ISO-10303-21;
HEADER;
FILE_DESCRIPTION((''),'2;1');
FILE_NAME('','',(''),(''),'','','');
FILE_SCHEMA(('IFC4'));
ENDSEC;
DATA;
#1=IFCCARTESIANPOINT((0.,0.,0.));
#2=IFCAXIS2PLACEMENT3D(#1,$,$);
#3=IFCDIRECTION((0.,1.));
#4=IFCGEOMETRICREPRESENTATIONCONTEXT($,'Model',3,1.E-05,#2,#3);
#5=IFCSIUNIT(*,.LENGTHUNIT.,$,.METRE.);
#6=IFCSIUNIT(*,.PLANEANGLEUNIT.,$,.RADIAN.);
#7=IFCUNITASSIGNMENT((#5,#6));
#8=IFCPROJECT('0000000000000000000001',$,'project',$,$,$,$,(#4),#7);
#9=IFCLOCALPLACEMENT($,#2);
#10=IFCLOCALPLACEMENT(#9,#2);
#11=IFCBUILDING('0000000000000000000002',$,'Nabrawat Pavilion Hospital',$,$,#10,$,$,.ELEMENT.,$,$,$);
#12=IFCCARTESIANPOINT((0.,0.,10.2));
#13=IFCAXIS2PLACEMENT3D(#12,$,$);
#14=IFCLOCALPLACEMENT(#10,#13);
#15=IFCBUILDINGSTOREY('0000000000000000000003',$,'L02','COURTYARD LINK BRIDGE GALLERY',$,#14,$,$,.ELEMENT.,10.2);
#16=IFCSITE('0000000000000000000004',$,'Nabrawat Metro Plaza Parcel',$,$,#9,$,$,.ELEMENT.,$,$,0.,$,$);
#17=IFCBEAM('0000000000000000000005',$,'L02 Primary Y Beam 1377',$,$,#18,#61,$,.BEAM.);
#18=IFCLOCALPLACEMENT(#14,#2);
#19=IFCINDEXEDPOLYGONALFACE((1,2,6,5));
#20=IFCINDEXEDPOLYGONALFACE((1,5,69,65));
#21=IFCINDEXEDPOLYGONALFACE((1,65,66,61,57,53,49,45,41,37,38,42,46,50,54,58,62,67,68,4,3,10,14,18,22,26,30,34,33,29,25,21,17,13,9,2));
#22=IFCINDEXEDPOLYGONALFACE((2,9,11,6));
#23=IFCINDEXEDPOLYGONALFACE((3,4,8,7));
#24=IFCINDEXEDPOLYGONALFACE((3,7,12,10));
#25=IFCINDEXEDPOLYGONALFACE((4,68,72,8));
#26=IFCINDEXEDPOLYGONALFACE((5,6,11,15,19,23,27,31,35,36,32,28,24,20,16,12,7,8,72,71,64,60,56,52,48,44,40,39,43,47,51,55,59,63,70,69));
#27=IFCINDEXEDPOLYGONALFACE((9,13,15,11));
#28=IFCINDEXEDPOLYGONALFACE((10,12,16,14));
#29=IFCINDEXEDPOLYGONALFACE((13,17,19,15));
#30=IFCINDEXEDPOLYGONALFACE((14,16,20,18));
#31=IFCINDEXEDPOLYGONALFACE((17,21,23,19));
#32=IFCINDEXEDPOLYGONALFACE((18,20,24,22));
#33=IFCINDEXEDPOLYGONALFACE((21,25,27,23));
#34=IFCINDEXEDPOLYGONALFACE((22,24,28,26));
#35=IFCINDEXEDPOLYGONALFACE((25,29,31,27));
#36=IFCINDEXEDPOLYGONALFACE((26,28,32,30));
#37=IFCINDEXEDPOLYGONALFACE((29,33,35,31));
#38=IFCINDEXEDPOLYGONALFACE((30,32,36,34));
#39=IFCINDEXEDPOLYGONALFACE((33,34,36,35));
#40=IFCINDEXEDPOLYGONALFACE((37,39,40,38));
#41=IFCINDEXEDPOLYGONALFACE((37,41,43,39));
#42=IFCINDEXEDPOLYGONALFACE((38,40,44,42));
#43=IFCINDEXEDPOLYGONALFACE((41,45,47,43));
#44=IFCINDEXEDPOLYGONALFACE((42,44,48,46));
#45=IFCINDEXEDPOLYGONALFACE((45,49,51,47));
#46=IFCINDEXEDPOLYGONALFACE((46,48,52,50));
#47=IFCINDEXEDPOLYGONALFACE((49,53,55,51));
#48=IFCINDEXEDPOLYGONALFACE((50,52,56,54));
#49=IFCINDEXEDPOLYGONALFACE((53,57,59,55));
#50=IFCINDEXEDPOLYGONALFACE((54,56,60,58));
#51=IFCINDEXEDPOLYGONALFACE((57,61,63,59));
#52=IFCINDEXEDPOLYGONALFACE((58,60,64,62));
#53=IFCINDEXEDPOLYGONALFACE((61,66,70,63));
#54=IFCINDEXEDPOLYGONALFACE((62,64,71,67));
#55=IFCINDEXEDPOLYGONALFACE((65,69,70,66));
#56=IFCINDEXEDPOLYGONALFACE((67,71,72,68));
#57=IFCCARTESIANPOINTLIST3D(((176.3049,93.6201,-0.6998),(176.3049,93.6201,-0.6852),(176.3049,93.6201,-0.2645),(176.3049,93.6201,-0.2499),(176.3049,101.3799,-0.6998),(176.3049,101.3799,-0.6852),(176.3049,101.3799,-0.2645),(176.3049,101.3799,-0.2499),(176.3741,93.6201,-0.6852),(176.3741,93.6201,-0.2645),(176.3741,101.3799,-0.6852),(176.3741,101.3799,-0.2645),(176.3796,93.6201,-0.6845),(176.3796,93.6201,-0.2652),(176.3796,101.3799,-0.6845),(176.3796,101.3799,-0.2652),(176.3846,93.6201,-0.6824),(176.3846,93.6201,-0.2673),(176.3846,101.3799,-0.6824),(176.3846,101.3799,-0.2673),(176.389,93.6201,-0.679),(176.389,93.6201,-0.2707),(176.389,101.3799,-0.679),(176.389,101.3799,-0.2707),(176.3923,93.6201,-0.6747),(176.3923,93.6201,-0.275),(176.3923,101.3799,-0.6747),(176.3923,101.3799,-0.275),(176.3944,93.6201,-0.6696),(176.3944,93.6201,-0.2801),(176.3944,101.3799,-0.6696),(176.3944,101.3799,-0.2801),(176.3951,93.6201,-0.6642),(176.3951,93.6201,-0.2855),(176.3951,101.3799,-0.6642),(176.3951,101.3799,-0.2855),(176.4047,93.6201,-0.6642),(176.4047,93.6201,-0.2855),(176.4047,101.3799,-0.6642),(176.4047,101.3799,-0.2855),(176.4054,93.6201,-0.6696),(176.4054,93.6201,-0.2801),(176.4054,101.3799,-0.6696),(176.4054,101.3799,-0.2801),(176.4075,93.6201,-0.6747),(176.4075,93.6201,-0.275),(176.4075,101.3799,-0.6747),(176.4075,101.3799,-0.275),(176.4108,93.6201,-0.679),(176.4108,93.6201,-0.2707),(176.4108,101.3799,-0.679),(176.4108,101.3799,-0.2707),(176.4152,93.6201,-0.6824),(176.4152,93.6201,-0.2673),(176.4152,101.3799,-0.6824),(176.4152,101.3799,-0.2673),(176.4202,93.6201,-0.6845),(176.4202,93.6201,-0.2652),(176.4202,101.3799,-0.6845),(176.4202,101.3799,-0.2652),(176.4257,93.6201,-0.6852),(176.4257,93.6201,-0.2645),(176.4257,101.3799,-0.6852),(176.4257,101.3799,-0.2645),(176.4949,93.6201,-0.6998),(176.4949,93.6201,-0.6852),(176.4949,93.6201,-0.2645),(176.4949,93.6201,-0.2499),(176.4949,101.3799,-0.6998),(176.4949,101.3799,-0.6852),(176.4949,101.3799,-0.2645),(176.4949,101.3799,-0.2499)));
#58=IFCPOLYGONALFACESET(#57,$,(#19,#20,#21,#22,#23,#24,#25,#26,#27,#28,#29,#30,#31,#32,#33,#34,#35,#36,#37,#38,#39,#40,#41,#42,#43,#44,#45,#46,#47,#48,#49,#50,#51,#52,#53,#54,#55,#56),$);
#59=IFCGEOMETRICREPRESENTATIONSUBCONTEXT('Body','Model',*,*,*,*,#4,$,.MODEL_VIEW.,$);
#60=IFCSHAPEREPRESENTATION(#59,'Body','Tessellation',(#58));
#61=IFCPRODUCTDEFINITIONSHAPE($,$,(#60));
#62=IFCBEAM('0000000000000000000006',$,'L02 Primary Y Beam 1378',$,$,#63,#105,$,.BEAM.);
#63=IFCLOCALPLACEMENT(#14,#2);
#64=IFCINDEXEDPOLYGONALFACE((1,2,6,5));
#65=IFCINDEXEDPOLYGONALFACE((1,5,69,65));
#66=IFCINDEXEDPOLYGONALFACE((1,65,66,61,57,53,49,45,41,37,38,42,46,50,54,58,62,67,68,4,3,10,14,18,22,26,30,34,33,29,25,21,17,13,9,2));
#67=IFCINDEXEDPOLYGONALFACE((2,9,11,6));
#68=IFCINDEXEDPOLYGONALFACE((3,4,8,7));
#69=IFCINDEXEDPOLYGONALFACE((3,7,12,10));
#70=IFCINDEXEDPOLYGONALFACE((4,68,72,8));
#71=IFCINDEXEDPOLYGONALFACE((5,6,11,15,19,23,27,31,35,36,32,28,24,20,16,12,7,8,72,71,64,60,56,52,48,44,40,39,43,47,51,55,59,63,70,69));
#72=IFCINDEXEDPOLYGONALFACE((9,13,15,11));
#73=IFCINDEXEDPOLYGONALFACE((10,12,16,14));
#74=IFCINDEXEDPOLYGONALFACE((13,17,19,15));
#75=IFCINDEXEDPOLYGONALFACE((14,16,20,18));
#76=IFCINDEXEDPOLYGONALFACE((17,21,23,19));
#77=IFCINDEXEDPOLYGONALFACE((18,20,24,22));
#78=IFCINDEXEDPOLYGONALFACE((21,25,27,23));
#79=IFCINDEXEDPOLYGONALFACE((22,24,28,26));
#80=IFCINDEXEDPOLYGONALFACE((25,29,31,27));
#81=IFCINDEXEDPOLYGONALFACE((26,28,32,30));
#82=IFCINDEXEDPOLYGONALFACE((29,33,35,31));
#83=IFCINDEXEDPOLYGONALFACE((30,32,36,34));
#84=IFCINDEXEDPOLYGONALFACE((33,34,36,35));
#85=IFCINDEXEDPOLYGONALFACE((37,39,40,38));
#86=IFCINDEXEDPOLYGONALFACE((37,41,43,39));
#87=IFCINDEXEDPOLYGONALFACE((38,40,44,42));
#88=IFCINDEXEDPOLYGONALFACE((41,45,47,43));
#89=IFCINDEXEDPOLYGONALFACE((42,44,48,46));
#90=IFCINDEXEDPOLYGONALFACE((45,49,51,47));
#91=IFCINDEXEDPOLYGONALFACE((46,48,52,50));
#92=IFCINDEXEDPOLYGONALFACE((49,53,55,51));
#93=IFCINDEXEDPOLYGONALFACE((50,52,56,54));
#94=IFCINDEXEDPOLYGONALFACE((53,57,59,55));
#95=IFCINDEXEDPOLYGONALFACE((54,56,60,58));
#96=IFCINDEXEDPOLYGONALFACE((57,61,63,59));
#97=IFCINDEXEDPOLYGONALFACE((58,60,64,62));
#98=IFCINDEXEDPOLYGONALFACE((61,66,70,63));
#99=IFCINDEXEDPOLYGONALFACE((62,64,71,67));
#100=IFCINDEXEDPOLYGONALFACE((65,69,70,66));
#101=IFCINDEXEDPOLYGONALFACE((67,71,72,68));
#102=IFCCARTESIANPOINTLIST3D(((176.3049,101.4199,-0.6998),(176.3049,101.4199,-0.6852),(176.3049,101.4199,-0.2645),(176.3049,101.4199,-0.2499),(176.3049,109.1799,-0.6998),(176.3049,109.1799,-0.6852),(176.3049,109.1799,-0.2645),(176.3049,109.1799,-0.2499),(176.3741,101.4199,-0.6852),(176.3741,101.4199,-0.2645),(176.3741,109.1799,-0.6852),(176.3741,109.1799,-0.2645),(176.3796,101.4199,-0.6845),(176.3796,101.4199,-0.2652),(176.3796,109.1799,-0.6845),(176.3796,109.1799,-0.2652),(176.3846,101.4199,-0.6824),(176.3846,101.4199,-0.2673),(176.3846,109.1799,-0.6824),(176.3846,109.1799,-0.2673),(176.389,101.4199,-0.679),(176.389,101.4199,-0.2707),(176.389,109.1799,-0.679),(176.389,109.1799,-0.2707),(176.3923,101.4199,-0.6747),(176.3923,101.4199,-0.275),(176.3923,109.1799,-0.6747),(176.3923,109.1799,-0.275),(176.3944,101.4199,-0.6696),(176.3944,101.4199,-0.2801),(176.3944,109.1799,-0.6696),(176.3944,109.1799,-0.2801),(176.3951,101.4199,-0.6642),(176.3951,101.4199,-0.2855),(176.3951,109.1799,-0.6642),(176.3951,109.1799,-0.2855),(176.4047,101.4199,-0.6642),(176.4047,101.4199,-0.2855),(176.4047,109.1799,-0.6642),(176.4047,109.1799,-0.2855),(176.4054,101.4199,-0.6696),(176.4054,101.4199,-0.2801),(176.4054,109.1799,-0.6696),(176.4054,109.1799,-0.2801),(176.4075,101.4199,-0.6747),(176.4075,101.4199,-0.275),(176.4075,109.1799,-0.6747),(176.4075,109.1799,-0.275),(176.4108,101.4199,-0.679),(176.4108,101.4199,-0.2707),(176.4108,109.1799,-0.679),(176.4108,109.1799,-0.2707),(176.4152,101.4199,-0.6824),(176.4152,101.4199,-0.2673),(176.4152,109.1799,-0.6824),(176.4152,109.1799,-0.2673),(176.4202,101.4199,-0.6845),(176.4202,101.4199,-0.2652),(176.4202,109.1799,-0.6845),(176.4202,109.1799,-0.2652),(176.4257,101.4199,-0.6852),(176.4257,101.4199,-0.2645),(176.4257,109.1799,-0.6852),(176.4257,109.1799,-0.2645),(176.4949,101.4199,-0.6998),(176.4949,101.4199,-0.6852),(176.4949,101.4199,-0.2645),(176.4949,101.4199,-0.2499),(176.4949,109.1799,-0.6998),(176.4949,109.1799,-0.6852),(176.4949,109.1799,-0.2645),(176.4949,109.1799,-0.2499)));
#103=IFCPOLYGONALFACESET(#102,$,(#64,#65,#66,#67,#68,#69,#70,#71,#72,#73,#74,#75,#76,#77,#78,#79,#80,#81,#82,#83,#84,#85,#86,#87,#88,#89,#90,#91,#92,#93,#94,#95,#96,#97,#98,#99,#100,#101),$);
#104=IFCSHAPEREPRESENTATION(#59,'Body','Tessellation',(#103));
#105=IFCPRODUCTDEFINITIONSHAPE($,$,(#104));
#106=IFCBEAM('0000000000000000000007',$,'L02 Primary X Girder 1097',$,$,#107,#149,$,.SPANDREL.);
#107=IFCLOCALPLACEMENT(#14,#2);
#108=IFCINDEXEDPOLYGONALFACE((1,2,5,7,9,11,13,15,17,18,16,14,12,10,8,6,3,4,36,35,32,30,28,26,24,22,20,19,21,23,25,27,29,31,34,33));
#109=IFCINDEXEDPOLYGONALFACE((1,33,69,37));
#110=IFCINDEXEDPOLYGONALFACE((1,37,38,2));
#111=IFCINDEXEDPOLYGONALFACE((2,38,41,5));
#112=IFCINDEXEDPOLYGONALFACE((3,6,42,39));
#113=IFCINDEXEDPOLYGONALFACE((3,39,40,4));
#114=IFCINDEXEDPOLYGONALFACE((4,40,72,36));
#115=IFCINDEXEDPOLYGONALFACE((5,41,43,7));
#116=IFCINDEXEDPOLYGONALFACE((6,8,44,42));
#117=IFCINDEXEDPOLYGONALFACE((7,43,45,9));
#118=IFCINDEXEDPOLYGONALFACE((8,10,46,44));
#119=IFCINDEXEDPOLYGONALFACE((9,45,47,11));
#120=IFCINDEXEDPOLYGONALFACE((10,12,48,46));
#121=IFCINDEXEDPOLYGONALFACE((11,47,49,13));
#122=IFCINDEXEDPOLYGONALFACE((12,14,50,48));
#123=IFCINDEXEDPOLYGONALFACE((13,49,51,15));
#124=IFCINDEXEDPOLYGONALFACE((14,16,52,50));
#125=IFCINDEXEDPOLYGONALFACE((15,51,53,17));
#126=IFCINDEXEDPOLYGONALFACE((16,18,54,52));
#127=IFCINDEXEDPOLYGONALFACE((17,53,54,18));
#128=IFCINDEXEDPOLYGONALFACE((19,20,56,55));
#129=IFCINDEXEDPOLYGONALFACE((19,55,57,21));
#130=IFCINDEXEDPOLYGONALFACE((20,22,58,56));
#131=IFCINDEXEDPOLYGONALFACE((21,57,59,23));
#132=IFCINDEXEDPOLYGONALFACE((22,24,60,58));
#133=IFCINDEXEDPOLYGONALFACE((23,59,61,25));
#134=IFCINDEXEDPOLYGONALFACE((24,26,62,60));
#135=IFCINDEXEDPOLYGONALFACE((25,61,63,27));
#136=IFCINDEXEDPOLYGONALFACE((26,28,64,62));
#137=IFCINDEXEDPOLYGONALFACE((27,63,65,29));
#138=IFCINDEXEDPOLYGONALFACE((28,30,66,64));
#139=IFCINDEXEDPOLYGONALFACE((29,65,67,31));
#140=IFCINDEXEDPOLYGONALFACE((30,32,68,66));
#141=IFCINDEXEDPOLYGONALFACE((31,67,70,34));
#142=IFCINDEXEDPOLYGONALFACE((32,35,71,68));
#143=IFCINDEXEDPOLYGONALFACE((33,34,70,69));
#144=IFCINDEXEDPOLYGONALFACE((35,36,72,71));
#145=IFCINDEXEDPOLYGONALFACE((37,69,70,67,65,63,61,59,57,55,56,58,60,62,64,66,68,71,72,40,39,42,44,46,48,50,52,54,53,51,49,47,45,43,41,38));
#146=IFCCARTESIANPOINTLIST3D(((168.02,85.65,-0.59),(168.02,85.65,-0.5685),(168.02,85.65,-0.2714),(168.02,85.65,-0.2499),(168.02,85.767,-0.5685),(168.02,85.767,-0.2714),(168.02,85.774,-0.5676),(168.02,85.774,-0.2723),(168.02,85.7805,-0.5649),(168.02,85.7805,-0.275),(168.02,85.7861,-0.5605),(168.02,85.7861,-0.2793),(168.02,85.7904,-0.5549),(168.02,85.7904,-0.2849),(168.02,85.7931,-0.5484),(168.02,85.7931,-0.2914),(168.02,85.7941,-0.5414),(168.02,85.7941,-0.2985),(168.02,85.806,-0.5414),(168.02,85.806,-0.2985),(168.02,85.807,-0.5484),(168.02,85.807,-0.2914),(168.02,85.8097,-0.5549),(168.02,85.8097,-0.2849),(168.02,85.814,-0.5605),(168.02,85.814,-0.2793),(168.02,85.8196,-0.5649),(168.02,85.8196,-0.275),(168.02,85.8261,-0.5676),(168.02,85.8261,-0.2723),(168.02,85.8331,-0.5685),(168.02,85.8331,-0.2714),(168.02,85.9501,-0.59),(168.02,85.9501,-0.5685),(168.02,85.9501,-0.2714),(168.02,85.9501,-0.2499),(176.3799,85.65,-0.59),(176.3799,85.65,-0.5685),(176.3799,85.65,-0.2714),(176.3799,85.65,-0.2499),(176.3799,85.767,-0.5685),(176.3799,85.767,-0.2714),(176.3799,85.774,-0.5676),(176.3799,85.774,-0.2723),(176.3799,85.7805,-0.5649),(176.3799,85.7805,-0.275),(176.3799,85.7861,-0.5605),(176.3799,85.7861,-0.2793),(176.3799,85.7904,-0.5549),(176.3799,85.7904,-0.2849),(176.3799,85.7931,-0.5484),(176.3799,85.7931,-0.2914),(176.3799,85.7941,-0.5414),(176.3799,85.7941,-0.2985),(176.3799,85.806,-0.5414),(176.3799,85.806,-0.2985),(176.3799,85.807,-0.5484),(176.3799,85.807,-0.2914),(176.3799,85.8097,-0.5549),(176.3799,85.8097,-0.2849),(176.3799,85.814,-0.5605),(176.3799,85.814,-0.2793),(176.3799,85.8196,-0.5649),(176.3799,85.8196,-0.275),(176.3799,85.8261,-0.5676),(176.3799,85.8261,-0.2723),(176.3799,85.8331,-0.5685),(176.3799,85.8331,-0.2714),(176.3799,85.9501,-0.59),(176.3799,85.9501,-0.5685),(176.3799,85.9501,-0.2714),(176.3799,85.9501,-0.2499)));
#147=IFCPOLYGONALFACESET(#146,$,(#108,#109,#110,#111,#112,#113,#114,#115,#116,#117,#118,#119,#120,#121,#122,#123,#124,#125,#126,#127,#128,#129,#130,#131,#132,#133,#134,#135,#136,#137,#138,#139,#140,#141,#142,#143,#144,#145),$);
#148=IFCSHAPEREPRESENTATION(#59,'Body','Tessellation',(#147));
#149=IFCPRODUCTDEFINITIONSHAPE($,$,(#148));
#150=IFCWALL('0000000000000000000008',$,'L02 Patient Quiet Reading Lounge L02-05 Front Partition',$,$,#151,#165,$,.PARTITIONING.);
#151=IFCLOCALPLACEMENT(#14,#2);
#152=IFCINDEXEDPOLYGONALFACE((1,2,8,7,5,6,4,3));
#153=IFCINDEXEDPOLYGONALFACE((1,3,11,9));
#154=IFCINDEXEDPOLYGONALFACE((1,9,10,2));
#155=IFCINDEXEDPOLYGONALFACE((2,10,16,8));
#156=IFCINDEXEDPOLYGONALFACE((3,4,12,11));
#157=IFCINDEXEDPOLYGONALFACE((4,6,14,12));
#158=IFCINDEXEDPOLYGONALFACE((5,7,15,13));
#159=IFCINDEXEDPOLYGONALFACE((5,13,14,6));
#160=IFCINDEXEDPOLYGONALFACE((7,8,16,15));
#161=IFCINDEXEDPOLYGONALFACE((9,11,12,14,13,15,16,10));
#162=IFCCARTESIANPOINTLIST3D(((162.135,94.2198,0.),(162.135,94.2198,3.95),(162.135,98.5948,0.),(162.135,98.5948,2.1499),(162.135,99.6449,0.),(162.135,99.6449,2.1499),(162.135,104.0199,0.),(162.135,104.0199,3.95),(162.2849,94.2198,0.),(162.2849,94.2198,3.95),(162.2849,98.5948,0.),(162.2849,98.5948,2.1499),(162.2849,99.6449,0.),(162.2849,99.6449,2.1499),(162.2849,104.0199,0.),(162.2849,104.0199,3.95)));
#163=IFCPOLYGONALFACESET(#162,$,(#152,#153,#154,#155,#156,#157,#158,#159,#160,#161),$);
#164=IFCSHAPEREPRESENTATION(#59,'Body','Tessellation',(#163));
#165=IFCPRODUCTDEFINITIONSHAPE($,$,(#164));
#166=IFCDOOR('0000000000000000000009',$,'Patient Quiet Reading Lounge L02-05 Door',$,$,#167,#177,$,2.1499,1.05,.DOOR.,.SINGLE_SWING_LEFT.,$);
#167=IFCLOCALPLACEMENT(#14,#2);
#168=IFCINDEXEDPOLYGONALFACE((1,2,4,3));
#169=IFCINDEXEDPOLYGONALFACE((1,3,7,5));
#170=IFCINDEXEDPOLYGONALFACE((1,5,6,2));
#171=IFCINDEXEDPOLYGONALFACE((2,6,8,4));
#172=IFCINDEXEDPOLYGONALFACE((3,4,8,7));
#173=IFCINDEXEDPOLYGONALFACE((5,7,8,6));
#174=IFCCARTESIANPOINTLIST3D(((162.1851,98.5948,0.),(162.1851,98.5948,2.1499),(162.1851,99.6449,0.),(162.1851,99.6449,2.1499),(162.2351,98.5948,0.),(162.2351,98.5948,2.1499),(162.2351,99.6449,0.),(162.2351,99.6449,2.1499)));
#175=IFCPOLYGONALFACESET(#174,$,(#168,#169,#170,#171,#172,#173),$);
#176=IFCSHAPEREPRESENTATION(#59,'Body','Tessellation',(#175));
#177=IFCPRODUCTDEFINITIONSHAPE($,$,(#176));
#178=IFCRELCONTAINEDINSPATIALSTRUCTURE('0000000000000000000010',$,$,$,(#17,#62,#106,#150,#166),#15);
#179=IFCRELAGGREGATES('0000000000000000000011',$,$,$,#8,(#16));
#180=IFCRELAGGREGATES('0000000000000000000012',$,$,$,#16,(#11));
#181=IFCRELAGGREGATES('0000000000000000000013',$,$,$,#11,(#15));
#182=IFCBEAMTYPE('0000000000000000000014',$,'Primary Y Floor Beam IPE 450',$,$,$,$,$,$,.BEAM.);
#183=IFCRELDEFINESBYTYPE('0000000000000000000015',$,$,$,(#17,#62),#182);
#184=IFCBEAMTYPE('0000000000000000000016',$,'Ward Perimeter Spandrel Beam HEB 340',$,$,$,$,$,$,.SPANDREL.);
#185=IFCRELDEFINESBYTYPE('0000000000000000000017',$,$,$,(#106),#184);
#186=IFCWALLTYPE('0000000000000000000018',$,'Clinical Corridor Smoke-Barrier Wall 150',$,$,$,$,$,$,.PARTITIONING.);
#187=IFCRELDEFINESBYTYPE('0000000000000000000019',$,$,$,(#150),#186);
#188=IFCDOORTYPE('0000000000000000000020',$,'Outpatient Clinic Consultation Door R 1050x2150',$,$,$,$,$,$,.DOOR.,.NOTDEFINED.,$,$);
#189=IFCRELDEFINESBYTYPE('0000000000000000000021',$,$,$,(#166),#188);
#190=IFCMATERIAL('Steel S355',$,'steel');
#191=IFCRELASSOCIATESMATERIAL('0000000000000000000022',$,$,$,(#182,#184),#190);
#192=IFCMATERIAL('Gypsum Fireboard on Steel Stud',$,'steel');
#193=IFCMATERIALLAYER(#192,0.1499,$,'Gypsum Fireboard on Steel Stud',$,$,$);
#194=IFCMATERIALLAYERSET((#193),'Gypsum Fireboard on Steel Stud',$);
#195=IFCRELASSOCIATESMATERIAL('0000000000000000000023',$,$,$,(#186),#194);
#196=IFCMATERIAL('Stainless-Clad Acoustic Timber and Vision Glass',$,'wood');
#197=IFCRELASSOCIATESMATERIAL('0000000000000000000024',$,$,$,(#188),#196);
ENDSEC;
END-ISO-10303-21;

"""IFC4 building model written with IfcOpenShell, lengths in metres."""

from ifc_helpers import new_model, si_unit, direction, frame, frame_2d, origin, origin_2d, place, context, subcontext, project, spatial, rectangle, i_section, extrude, material, layer, layer_set, material_profile, profile_set, type_object, element, fill, save


model = new_model("IFC4")

# Units and contexts
model_context = context("Model", 3, precision=1e-05, world=origin(), true_north=direction((0.0, 1.0)))
body_context = subcontext(model_context, "Body", "Model", "MODEL_VIEW")
ifc_project = project(units=[si_unit("LENGTHUNIT", "METRE"), si_unit("PLANEANGLEUNIT", "RADIAN")], contexts=[model_context])

# Site, building, storey
site_placement = place(None, origin())
site = spatial("IfcSite", under=ifc_project, at=site_placement, Name="Nabrawat Metro Plaza Parcel", CompositionType="ELEMENT", RefElevation=0.0)
building_placement = place(site_placement, origin())
building = spatial("IfcBuilding", under=site, at=building_placement, Name="Nabrawat Pavilion Hospital", CompositionType="ELEMENT")
storey_placement = place(building_placement, frame((0.0, 0.0, 10.2)))
storey = spatial("IfcBuildingStorey", under=building, at=storey_placement, Name="L02", Description="COURTYARD LINK BRIDGE GALLERY", CompositionType="ELEMENT", Elevation=10.2)

# Shared definitions
ifc_material_1 = material(Name="Steel S355", Category="steel")

# Beams
ifc_material_profile_1 = material_profile(ifc_material_1, i_section(OverallWidth=0.1899, OverallDepth=0.45, WebThickness=0.0095, FlangeThickness=0.0146, FilletRadius=0.021, at=origin_2d()), Name="IPE 450")
ifc_profile_set_1 = profile_set([ifc_material_profile_1], Name="Steel S355")
beam_type_1 = type_object("IfcBeamType", Name="Primary Y Floor Beam IPE 450", PredefinedType="BEAM", material=ifc_profile_set_1)
beam_1_placement = place(storey_placement, frame((176.3999, 93.6201, -0.4749), z_axis=(0.0, 1.0, 0.0), x_axis=(-1.0, 0.0, 0.0)))
element("IfcBeam", 1, at=beam_1_placement, inside=storey, type_object=beam_type_1, Name="L02 Primary Y Beam 1377", PredefinedType="BEAM", context=body_context, shape_type="SweptSolid", body=[
    extrude(i_section(OverallWidth=0.1899, OverallDepth=0.45, WebThickness=0.0095, FlangeThickness=0.0146, FilletRadius=0.021, at=origin_2d()), origin(), (0.0, 0.0, 1.0), 7.7598),
])
beam_2_placement = place(storey_placement, frame((176.3999, 101.4199, -0.4749), z_axis=(0.0, 1.0, 0.0), x_axis=(-1.0, 0.0, 0.0)))
element("IfcBeam", 2, at=beam_2_placement, inside=storey, type_object=beam_type_1, Name="L02 Primary Y Beam 1378", PredefinedType="BEAM", context=body_context, shape_type="SweptSolid", body=[
    extrude(i_section(OverallWidth=0.1899, OverallDepth=0.45, WebThickness=0.0095, FlangeThickness=0.0146, FilletRadius=0.021, at=origin_2d()), origin(), (0.0, 0.0, 1.0), 7.76),
])
ifc_material_profile_2 = material_profile(ifc_material_1, i_section(OverallWidth=0.3, OverallDepth=0.3401, WebThickness=0.012, FlangeThickness=0.0215, FilletRadius=0.0271, at=origin_2d()), Name="HEB 340")
ifc_profile_set_2 = profile_set([ifc_material_profile_2], Name="Steel S355")
beam_type_2 = type_object("IfcBeamType", Name="Ward Perimeter Spandrel Beam HEB 340", PredefinedType="SPANDREL", material=ifc_profile_set_2)
beam_3_placement = place(storey_placement, frame((168.02, 85.8, -0.4199), z_axis=(1.0, 0.0, 0.0), x_axis=(0.0, 1.0, 0.0)))
element("IfcBeam", 3, at=beam_3_placement, inside=storey, type_object=beam_type_2, Name="L02 Primary X Girder 1097", PredefinedType="SPANDREL", context=body_context, shape_type="SweptSolid", body=[
    extrude(i_section(OverallWidth=0.3, OverallDepth=0.3401, WebThickness=0.012, FlangeThickness=0.0215, FilletRadius=0.0271, at=origin_2d()), origin(), (0.0, 0.0, 1.0), 8.3599),
])

# Wall, opening, door
ifc_material_2 = material(Name="Gypsum Fireboard on Steel Stud", Category="steel")
ifc_layer_1 = layer(ifc_material_2, 0.1499, Name="Gypsum Fireboard on Steel Stud")
ifc_layer_set_1 = layer_set([ifc_layer_1], Name="Gypsum Fireboard on Steel Stud")
wall_type_1 = type_object("IfcWallType", Name="Clinical Corridor Smoke-Barrier Wall 150", PredefinedType="PARTITIONING", material=ifc_layer_set_1)
wall_1_placement = place(storey_placement, frame((162.21, 94.22, 0.0), z_axis=(0.0, 0.0, 1.0), x_axis=(0.0, 1.0, 0.0)))
wall_1 = element("IfcWall", 4, at=wall_1_placement, inside=storey, type_object=wall_type_1, Name="L02 Patient Quiet Reading Lounge L02-05 Front Partition", PredefinedType="PARTITIONING", context=body_context, shape_type="SweptSolid", body=[
    extrude(rectangle(XDim=9.8, YDim=0.1499, at=frame_2d((4.8999, 0.0))), origin(), (0.0, 0.0, 1.0), 3.95),
])
opening_1_placement = place(wall_1_placement, frame((4.375, 0.0, 0.0)))
opening_1 = element("IfcOpeningElement", 5, at=opening_1_placement, cuts=wall_1, PredefinedType="OPENING", context=body_context, shape_type="SweptSolid", body=[
    extrude(rectangle(XDim=1.05, YDim=2.1499, at=frame_2d((0.5249, 1.075))), frame((0.0, 0.085, 0.0), z_axis=(0.0, -1.0, 0.0), x_axis=(1.0, 0.0, 0.0)), (0.0, 0.0, 1.0), 0.1699),
])
ifc_material_3 = material(Name="Stainless-Clad Acoustic Timber and Vision Glass", Category="wood")
door_type_1 = type_object("IfcDoorType", Name="Outpatient Clinic Consultation Door R 1050x2150", OperationType="NOTDEFINED", PredefinedType="DOOR", material=ifc_material_3)
door_1_placement = place(opening_1_placement, origin())
door_1 = element("IfcDoor", 6, at=door_1_placement, inside=storey, type_object=door_type_1, Name="Patient Quiet Reading Lounge L02-05 Door", OperationType="SINGLE_SWING_LEFT", OverallHeight=2.1499, OverallWidth=1.05, PredefinedType="DOOR", context=body_context, shape_type="SweptSolid", body=[
    extrude(rectangle(XDim=1.05, YDim=2.1499, at=frame_2d((0.5249, 1.075))), frame((0.0, 0.0249, 0.0), z_axis=(0.0, -1.0, 0.0), x_axis=(1.0, 0.0, 0.0)), (0.0, 0.0, 1.0), 0.05),
])
fill(opening_1, door_1)

save(model, "model.ifc")
